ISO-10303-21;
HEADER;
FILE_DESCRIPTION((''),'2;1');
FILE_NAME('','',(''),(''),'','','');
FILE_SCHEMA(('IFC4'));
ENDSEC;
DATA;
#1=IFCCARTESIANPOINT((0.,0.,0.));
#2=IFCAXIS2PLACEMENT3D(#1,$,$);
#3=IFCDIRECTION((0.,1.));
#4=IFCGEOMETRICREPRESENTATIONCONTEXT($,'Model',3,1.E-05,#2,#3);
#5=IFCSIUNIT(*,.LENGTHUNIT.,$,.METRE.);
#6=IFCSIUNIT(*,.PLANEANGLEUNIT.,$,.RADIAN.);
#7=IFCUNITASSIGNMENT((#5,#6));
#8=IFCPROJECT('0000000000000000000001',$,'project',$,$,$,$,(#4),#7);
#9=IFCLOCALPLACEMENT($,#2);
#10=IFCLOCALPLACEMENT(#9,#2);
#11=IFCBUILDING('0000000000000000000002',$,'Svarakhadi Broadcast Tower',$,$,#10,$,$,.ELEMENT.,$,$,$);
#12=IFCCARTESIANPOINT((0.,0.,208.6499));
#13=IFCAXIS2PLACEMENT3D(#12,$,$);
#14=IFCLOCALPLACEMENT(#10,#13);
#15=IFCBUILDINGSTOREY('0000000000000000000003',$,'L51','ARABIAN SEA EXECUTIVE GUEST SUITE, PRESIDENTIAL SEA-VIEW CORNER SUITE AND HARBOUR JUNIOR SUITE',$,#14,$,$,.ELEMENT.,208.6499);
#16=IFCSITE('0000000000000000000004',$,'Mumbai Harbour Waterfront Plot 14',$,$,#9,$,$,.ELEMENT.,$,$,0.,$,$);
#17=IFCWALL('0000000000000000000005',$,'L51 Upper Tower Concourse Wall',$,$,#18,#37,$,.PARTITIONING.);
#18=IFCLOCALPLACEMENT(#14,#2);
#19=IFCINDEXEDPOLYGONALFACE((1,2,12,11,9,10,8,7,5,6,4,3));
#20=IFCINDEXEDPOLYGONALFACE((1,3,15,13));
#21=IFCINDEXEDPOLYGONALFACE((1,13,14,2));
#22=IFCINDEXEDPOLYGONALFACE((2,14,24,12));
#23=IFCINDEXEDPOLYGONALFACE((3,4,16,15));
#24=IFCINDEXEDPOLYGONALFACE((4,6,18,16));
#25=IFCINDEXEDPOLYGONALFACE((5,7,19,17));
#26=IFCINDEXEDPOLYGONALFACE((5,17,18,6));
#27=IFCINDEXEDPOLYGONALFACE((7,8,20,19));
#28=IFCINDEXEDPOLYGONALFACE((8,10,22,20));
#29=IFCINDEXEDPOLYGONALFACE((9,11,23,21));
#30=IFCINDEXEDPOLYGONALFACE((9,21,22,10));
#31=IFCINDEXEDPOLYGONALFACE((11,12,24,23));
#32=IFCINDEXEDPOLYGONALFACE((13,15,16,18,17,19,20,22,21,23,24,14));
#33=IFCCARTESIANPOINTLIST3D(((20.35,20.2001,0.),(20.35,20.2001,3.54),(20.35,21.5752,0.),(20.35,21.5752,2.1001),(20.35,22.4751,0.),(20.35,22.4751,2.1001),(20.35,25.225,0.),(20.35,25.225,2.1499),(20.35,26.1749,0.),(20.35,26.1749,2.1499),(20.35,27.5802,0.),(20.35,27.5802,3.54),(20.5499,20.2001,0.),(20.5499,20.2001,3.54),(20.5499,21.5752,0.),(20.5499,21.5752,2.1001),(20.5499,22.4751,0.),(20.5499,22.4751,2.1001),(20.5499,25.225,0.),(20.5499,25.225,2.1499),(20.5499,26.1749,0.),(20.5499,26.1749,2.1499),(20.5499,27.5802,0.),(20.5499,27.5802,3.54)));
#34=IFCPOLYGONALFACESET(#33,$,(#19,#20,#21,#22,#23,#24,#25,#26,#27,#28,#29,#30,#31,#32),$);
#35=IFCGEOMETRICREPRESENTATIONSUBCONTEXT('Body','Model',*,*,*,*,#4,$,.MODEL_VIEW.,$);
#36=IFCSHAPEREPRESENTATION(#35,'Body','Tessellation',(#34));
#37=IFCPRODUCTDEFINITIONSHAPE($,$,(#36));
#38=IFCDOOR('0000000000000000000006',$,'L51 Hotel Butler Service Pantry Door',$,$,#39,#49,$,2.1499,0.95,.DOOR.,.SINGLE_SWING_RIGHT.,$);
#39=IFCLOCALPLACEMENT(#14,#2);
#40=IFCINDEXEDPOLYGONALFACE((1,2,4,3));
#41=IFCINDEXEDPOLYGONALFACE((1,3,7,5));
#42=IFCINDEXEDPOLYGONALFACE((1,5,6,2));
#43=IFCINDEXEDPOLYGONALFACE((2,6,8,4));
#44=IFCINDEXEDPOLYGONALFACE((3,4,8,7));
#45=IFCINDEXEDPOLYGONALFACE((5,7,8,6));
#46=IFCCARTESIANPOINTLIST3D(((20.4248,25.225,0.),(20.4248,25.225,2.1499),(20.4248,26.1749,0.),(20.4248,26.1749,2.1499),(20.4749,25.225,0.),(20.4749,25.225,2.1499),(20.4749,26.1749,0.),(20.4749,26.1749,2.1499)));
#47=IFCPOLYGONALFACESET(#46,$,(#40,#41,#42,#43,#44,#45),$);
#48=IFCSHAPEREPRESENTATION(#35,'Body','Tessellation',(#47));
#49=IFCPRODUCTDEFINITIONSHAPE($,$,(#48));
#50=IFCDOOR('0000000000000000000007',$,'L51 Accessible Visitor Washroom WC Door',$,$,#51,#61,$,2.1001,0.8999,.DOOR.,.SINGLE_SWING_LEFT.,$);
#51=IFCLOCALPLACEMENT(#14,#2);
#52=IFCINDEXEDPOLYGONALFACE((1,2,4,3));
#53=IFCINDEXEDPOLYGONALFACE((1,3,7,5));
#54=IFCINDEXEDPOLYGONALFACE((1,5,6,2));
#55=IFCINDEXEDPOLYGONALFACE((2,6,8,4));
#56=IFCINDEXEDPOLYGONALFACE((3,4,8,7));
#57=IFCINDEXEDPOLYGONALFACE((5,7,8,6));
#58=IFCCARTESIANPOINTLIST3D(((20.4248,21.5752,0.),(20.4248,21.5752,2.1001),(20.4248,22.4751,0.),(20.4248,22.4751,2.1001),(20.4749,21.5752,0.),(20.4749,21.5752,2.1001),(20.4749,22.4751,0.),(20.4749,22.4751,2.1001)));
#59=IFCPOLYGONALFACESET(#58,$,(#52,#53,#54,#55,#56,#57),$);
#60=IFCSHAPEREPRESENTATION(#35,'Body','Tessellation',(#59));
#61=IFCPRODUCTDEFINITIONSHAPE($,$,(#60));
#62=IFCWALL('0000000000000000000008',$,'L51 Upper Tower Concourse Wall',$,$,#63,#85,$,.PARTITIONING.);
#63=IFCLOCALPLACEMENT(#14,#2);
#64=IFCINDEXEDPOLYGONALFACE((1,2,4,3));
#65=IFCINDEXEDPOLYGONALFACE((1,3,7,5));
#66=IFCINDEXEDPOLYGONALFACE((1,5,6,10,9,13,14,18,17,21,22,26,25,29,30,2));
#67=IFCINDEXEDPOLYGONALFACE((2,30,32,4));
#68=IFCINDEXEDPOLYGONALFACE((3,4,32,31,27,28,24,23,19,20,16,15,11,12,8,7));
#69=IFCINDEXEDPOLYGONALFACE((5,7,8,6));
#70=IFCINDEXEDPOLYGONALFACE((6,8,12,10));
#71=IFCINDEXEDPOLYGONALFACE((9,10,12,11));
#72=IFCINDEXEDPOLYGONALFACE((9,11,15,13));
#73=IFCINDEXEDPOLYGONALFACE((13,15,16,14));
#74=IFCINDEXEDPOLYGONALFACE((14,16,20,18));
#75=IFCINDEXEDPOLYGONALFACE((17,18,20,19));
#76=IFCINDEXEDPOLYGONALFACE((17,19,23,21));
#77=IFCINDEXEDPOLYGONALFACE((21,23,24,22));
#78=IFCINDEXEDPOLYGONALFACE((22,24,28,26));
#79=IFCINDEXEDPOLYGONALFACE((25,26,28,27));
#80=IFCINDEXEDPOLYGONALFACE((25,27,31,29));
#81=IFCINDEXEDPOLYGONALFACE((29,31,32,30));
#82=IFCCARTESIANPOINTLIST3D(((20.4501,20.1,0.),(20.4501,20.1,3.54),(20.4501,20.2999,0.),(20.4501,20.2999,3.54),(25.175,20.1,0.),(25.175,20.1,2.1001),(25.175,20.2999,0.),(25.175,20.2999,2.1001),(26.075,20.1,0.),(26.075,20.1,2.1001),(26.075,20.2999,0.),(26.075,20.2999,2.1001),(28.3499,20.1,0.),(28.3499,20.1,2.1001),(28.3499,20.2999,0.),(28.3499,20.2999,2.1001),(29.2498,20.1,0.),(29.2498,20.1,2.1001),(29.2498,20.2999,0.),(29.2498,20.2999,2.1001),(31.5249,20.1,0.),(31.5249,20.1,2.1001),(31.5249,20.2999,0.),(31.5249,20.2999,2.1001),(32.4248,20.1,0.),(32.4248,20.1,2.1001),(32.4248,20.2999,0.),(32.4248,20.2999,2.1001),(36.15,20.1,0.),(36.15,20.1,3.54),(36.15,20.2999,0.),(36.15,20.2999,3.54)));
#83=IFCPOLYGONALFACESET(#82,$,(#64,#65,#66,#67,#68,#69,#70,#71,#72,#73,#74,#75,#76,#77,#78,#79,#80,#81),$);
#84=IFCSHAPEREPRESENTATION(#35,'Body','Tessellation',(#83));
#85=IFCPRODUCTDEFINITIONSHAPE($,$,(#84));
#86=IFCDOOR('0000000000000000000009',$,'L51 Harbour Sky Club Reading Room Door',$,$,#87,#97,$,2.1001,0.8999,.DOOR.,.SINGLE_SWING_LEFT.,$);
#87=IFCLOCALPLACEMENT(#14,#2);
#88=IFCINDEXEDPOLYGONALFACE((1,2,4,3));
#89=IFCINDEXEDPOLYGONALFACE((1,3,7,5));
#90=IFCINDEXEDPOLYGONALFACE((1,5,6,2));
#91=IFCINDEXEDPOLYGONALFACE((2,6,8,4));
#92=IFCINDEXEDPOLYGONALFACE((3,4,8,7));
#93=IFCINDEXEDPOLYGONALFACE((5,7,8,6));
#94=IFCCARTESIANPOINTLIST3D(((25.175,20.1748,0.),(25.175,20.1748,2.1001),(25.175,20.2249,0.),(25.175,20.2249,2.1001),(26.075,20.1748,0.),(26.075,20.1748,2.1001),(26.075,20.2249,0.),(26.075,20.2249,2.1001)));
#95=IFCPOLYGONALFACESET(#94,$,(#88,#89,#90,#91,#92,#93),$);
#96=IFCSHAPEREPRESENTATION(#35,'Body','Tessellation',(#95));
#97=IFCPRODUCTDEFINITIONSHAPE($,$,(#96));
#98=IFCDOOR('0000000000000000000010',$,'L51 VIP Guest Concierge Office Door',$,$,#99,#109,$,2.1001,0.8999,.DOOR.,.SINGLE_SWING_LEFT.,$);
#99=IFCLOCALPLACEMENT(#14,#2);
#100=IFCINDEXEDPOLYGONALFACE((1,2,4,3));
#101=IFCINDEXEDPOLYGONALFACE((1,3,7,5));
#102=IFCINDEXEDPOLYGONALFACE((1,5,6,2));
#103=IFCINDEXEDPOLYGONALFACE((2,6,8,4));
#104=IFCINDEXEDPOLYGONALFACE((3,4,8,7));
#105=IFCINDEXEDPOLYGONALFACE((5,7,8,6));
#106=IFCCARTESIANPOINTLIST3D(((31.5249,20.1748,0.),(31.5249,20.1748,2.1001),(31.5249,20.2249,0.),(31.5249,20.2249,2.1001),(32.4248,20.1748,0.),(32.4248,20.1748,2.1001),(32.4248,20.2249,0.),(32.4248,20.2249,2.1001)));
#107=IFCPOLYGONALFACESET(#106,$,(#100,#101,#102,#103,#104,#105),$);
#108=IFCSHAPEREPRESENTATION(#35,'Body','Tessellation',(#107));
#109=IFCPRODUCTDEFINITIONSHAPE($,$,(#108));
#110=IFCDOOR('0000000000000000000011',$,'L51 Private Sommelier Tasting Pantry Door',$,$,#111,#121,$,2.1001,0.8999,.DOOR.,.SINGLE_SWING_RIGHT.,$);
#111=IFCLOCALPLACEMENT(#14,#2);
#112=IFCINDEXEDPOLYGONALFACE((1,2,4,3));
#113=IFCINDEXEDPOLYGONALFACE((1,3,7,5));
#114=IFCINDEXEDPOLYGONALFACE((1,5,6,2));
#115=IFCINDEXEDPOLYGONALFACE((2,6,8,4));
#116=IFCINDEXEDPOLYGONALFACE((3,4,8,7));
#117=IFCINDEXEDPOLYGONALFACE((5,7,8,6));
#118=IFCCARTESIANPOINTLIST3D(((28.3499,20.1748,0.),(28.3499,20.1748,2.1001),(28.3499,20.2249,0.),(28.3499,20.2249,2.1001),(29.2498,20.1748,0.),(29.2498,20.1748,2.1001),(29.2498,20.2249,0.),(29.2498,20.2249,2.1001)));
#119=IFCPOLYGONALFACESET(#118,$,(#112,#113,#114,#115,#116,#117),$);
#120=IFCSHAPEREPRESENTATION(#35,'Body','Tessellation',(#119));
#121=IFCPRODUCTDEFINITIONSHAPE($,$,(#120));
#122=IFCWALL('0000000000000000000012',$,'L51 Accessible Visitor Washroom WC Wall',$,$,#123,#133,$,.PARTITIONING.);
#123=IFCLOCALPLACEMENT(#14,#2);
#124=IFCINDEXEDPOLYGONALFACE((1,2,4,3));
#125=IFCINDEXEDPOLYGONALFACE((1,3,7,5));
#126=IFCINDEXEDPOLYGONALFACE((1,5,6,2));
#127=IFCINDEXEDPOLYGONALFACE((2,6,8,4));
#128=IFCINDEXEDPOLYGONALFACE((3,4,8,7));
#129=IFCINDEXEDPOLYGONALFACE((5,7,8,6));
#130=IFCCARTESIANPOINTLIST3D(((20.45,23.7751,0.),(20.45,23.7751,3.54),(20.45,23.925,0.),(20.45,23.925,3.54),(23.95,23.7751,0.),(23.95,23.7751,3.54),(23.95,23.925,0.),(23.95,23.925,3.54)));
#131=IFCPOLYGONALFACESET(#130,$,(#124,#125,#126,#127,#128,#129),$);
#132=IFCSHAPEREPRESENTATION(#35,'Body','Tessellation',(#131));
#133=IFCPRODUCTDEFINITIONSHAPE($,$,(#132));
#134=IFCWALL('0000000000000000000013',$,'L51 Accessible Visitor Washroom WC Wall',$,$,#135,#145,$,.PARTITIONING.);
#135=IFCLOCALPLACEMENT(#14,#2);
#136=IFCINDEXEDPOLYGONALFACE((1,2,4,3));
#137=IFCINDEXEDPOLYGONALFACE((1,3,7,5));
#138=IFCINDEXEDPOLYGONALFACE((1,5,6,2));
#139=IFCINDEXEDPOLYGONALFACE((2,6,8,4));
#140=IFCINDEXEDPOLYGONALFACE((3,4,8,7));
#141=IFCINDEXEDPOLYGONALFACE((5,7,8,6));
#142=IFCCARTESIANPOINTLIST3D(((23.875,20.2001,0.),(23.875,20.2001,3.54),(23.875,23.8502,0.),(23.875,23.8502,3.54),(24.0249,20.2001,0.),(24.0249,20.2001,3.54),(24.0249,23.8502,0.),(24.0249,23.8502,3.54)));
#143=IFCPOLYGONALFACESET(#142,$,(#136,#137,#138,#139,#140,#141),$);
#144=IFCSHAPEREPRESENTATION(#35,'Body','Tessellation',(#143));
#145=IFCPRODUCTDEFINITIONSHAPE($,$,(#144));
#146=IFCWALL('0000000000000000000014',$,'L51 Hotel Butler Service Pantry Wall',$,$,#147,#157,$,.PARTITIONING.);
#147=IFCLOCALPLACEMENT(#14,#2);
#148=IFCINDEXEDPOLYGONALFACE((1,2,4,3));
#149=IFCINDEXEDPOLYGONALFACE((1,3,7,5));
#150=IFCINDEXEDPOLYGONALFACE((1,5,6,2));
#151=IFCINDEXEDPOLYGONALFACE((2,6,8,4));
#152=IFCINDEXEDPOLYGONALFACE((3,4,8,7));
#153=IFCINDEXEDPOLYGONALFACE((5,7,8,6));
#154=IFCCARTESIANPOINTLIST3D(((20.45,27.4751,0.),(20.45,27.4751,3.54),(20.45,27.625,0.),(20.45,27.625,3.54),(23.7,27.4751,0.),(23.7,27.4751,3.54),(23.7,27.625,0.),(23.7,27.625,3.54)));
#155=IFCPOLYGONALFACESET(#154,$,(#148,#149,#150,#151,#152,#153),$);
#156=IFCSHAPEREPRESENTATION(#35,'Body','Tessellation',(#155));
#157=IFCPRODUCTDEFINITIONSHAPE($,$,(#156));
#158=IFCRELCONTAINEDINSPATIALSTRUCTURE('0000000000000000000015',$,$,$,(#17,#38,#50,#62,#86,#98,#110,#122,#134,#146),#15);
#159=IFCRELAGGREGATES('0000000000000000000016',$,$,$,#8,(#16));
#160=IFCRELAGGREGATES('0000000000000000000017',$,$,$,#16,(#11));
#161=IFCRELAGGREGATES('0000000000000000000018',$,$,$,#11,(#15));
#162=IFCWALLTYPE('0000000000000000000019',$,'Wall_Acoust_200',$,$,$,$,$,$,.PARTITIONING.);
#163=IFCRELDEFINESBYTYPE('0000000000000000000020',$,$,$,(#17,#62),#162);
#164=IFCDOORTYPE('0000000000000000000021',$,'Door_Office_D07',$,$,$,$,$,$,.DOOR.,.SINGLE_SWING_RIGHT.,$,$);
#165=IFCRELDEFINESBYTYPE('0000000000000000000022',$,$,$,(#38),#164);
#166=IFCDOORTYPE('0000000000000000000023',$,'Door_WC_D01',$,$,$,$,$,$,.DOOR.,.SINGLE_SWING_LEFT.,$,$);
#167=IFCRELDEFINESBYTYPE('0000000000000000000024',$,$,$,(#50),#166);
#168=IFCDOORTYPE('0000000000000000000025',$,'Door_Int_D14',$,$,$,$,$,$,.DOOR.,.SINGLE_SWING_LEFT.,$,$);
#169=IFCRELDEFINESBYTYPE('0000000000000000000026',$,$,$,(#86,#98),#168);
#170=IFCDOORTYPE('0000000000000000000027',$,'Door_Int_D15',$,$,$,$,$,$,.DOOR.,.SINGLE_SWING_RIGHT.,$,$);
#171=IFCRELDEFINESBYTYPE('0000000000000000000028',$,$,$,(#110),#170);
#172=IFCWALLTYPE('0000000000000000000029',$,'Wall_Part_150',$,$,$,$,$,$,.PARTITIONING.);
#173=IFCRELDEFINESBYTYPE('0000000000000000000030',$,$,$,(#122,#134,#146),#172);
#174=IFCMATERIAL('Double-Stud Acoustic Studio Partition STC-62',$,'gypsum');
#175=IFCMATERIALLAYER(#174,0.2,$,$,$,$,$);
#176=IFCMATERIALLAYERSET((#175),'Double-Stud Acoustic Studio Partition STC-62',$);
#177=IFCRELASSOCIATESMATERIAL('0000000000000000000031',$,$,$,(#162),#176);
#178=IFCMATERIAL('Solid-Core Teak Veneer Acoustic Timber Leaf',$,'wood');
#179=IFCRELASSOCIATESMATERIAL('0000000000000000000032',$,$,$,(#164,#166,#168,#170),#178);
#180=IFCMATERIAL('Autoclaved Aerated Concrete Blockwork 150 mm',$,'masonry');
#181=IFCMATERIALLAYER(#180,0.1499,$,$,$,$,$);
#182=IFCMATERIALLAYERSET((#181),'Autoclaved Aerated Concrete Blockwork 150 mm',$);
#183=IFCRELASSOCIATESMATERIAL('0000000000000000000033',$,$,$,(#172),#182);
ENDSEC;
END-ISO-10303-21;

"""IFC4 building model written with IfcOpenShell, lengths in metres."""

from ifc_helpers import new_model, si_unit, direction, frame, frame_2d, origin, place, context, subcontext, project, spatial, rectangle, extrude, material, layer, layer_set, type_object, element, fill, save


model = new_model("IFC4")

# Units and contexts
model_context = context("Model", 3, precision=1e-05, world=origin(), true_north=direction((0.0, 1.0)))
body_context = subcontext(model_context, "Body", "Model", "MODEL_VIEW")
ifc_project = project(units=[si_unit("LENGTHUNIT", "METRE"), si_unit("PLANEANGLEUNIT", "RADIAN")], contexts=[model_context])

# Site, building, storey
site_placement = place(None, origin())
site = spatial("IfcSite", under=ifc_project, at=site_placement, Name="Mumbai Harbour Waterfront Plot 14", CompositionType="ELEMENT", RefElevation=0.0)
building_placement = place(site_placement, origin())
building = spatial("IfcBuilding", under=site, at=building_placement, Name="Svarakhadi Broadcast Tower", CompositionType="ELEMENT")
storey_placement = place(building_placement, frame((0.0, 0.0, 208.6499)))
storey = spatial("IfcBuildingStorey", under=building, at=storey_placement, Name="L51", Description="ARABIAN SEA EXECUTIVE GUEST SUITE, PRESIDENTIAL SEA-VIEW CORNER SUITE AND HARBOUR JUNIOR SUITE", CompositionType="ELEMENT", Elevation=208.6499)

# Walls, openings, doors
ifc_material_1 = material(Name="Double-Stud Acoustic Studio Partition STC-62", Category="gypsum")
ifc_layer_1 = layer(ifc_material_1, 0.2)
ifc_layer_set_1 = layer_set([ifc_layer_1], Name="Double-Stud Acoustic Studio Partition STC-62")
wall_type_1 = type_object("IfcWallType", Name="Wall_Acoust_200", PredefinedType="PARTITIONING", material=ifc_layer_set_1)
wall_1_placement = place(storey_placement, frame((20.45, 27.5801, 0.0), z_axis=(0.0, 0.0, 1.0), x_axis=(0.0, -1.0, 0.0)))
wall_1 = element("IfcWall", 1, at=wall_1_placement, inside=storey, type_object=wall_type_1, Name="L51 Upper Tower Concourse Wall", PredefinedType="PARTITIONING", context=body_context, shape_type="SweptSolid", body=[
    extrude(rectangle(XDim=7.3801, YDim=0.2, at=frame_2d((3.6899, 0.0))), origin(), (0.0, 0.0, 1.0), 3.54),
])
opening_1_placement = place(wall_1_placement, frame((5.105, 0.0, 0.0)))
opening_1 = element("IfcOpeningElement", 2, at=opening_1_placement, cuts=wall_1, PredefinedType="OPENING", context=body_context, shape_type="SweptSolid", body=[
    extrude(rectangle(XDim=0.8999, YDim=2.1001, at=frame_2d((0.45, 1.05))), frame((0.0, 0.1099, 0.0), z_axis=(0.0, -1.0, 0.0), x_axis=(1.0, 0.0, 0.0)), (0.0, 0.0, 1.0), 0.22),
])
opening_2_placement = place(wall_1_placement, frame((1.405, 0.0, 0.0)))
opening_2 = element("IfcOpeningElement", 3, at=opening_2_placement, cuts=wall_1, PredefinedType="OPENING", context=body_context, shape_type="SweptSolid", body=[
    extrude(rectangle(XDim=0.95, YDim=2.1499, at=frame_2d((0.4751, 1.075))), frame((0.0, 0.1099, 0.0), z_axis=(0.0, -1.0, 0.0), x_axis=(1.0, 0.0, 0.0)), (0.0, 0.0, 1.0), 0.22),
])
ifc_material_2 = material(Name="Solid-Core Teak Veneer Acoustic Timber Leaf", Category="wood")
door_type_1 = type_object("IfcDoorType", Name="Door_Office_D07", OperationType="SINGLE_SWING_RIGHT", PredefinedType="DOOR", material=ifc_material_2)
door_1_placement = place(opening_2_placement, origin())
door_1 = element("IfcDoor", 4, at=door_1_placement, inside=storey, type_object=door_type_1, Name="L51 Hotel Butler Service Pantry Door", OperationType="SINGLE_SWING_RIGHT", OverallHeight=2.1499, OverallWidth=0.95, PredefinedType="DOOR", context=body_context, shape_type="SweptSolid", body=[
    extrude(rectangle(XDim=0.95, YDim=2.1499, at=frame_2d((0.4751, 1.075))), frame((0.0, 0.0249, 0.0), z_axis=(0.0, -1.0, 0.0), x_axis=(1.0, 0.0, 0.0)), (0.0, 0.0, 1.0), 0.05),
])
fill(opening_2, door_1)
door_type_2 = type_object("IfcDoorType", Name="Door_WC_D01", OperationType="SINGLE_SWING_LEFT", PredefinedType="DOOR", material=ifc_material_2)
door_2_placement = place(opening_1_placement, origin())
door_2 = element("IfcDoor", 5, at=door_2_placement, inside=storey, type_object=door_type_2, Name="L51 Accessible Visitor Washroom WC Door", OperationType="SINGLE_SWING_LEFT", OverallHeight=2.1001, OverallWidth=0.8999, PredefinedType="DOOR", context=body_context, shape_type="SweptSolid", body=[
    extrude(rectangle(XDim=0.8999, YDim=2.1001, at=frame_2d((0.45, 1.05))), frame((0.0, 0.0249, 0.0), z_axis=(0.0, -1.0, 0.0), x_axis=(1.0, 0.0, 0.0)), (0.0, 0.0, 1.0), 0.05),
])
fill(opening_1, door_2)
wall_2_placement = place(storey_placement, frame((20.45, 20.2, 0.0), z_axis=(0.0, 0.0, 1.0), x_axis=(1.0, 0.0, 0.0)))
wall_2 = element("IfcWall", 6, at=wall_2_placement, inside=storey, type_object=wall_type_1, Name="L51 Upper Tower Concourse Wall", PredefinedType="PARTITIONING", context=body_context, shape_type="SweptSolid", body=[
    extrude(rectangle(XDim=15.7, YDim=0.2, at=frame_2d((7.8501, 0.0))), origin(), (0.0, 0.0, 1.0), 3.54),
])
opening_3_placement = place(wall_2_placement, frame((4.7251, 0.0, 0.0)))
opening_3 = element("IfcOpeningElement", 7, at=opening_3_placement, cuts=wall_2, PredefinedType="OPENING", context=body_context, shape_type="SweptSolid", body=[
    extrude(rectangle(XDim=0.8999, YDim=2.1001, at=frame_2d((0.45, 1.05))), frame((0.0, 0.1099, 0.0), z_axis=(0.0, -1.0, 0.0), x_axis=(1.0, 0.0, 0.0)), (0.0, 0.0, 1.0), 0.22),
])
opening_4_placement = place(wall_2_placement, frame((7.8999, 0.0, 0.0)))
opening_4 = element("IfcOpeningElement", 8, at=opening_4_placement, cuts=wall_2, PredefinedType="OPENING", context=body_context, shape_type="SweptSolid", body=[
    extrude(rectangle(XDim=0.8999, YDim=2.1001, at=frame_2d((0.45, 1.05))), frame((0.0, 0.1099, 0.0), z_axis=(0.0, -1.0, 0.0), x_axis=(1.0, 0.0, 0.0)), (0.0, 0.0, 1.0), 0.22),
])
opening_5_placement = place(wall_2_placement, frame((11.075, 0.0, 0.0)))
opening_5 = element("IfcOpeningElement", 9, at=opening_5_placement, cuts=wall_2, PredefinedType="OPENING", context=body_context, shape_type="SweptSolid", body=[
    extrude(rectangle(XDim=0.8999, YDim=2.1001, at=frame_2d((0.45, 1.05))), frame((0.0, 0.1099, 0.0), z_axis=(0.0, -1.0, 0.0), x_axis=(1.0, 0.0, 0.0)), (0.0, 0.0, 1.0), 0.22),
])
door_type_3 = type_object("IfcDoorType", Name="Door_Int_D14", OperationType="SINGLE_SWING_LEFT", PredefinedType="DOOR", material=ifc_material_2)
door_3_placement = place(opening_3_placement, origin())
door_3 = element("IfcDoor", 10, at=door_3_placement, inside=storey, type_object=door_type_3, Name="L51 Harbour Sky Club Reading Room Door", OperationType="SINGLE_SWING_LEFT", OverallHeight=2.1001, OverallWidth=0.8999, PredefinedType="DOOR", context=body_context, shape_type="SweptSolid", body=[
    extrude(rectangle(XDim=0.8999, YDim=2.1001, at=frame_2d((0.45, 1.05))), frame((0.0, 0.0249, 0.0), z_axis=(0.0, -1.0, 0.0), x_axis=(1.0, 0.0, 0.0)), (0.0, 0.0, 1.0), 0.05),
])
fill(opening_3, door_3)
door_4_placement = place(opening_5_placement, origin())
door_4 = element("IfcDoor", 11, at=door_4_placement, inside=storey, type_object=door_type_3, Name="L51 VIP Guest Concierge Office Door", OperationType="SINGLE_SWING_LEFT", OverallHeight=2.1001, OverallWidth=0.8999, PredefinedType="DOOR", context=body_context, shape_type="SweptSolid", body=[
    extrude(rectangle(XDim=0.8999, YDim=2.1001, at=frame_2d((0.45, 1.05))), frame((0.0, 0.0249, 0.0), z_axis=(0.0, -1.0, 0.0), x_axis=(1.0, 0.0, 0.0)), (0.0, 0.0, 1.0), 0.05),
])
fill(opening_5, door_4)
door_type_4 = type_object("IfcDoorType", Name="Door_Int_D15", OperationType="SINGLE_SWING_RIGHT", PredefinedType="DOOR", material=ifc_material_2)
door_5_placement = place(opening_4_placement, origin())
door_5 = element("IfcDoor", 12, at=door_5_placement, inside=storey, type_object=door_type_4, Name="L51 Private Sommelier Tasting Pantry Door", OperationType="SINGLE_SWING_RIGHT", OverallHeight=2.1001, OverallWidth=0.8999, PredefinedType="DOOR", context=body_context, shape_type="SweptSolid", body=[
    extrude(rectangle(XDim=0.8999, YDim=2.1001, at=frame_2d((0.45, 1.05))), frame((0.0, 0.0249, 0.0), z_axis=(0.0, -1.0, 0.0), x_axis=(1.0, 0.0, 0.0)), (0.0, 0.0, 1.0), 0.05),
])
fill(opening_4, door_5)

# Walls
ifc_material_3 = material(Name="Autoclaved Aerated Concrete Blockwork 150 mm", Category="masonry")
ifc_layer_2 = layer(ifc_material_3, 0.1499)
ifc_layer_set_2 = layer_set([ifc_layer_2], Name="Autoclaved Aerated Concrete Blockwork 150 mm")
wall_type_2 = type_object("IfcWallType", Name="Wall_Part_150", PredefinedType="PARTITIONING", material=ifc_layer_set_2)
wall_3_placement = place(storey_placement, frame((20.45, 23.8501, 0.0), z_axis=(0.0, 0.0, 1.0), x_axis=(1.0, 0.0, 0.0)))
element("IfcWall", 13, at=wall_3_placement, inside=storey, type_object=wall_type_2, Name="L51 Accessible Visitor Washroom WC Wall", PredefinedType="PARTITIONING", context=body_context, shape_type="SweptSolid", body=[
    extrude(rectangle(XDim=3.5, YDim=0.1499, at=frame_2d((1.75, 0.0))), origin(), (0.0, 0.0, 1.0), 3.54),
])
wall_4_placement = place(storey_placement, frame((23.95, 20.2, 0.0), z_axis=(0.0, 0.0, 1.0), x_axis=(0.0, 1.0, 0.0)))
element("IfcWall", 14, at=wall_4_placement, inside=storey, type_object=wall_type_2, Name="L51 Accessible Visitor Washroom WC Wall", PredefinedType="PARTITIONING", context=body_context, shape_type="SweptSolid", body=[
    extrude(rectangle(XDim=3.6501, YDim=0.1499, at=frame_2d((1.8252, 0.0))), origin(), (0.0, 0.0, 1.0), 3.54),
])
wall_5_placement = place(storey_placement, frame((20.45, 27.55, 0.0), z_axis=(0.0, 0.0, 1.0), x_axis=(1.0, 0.0, 0.0)))
element("IfcWall", 15, at=wall_5_placement, inside=storey, type_object=wall_type_2, Name="L51 Hotel Butler Service Pantry Wall", PredefinedType="PARTITIONING", context=body_context, shape_type="SweptSolid", body=[
    extrude(rectangle(XDim=3.25, YDim=0.1499, at=frame_2d((1.625, 0.0))), origin(), (0.0, 0.0, 1.0), 3.54),
])

save(model, "model.ifc")
